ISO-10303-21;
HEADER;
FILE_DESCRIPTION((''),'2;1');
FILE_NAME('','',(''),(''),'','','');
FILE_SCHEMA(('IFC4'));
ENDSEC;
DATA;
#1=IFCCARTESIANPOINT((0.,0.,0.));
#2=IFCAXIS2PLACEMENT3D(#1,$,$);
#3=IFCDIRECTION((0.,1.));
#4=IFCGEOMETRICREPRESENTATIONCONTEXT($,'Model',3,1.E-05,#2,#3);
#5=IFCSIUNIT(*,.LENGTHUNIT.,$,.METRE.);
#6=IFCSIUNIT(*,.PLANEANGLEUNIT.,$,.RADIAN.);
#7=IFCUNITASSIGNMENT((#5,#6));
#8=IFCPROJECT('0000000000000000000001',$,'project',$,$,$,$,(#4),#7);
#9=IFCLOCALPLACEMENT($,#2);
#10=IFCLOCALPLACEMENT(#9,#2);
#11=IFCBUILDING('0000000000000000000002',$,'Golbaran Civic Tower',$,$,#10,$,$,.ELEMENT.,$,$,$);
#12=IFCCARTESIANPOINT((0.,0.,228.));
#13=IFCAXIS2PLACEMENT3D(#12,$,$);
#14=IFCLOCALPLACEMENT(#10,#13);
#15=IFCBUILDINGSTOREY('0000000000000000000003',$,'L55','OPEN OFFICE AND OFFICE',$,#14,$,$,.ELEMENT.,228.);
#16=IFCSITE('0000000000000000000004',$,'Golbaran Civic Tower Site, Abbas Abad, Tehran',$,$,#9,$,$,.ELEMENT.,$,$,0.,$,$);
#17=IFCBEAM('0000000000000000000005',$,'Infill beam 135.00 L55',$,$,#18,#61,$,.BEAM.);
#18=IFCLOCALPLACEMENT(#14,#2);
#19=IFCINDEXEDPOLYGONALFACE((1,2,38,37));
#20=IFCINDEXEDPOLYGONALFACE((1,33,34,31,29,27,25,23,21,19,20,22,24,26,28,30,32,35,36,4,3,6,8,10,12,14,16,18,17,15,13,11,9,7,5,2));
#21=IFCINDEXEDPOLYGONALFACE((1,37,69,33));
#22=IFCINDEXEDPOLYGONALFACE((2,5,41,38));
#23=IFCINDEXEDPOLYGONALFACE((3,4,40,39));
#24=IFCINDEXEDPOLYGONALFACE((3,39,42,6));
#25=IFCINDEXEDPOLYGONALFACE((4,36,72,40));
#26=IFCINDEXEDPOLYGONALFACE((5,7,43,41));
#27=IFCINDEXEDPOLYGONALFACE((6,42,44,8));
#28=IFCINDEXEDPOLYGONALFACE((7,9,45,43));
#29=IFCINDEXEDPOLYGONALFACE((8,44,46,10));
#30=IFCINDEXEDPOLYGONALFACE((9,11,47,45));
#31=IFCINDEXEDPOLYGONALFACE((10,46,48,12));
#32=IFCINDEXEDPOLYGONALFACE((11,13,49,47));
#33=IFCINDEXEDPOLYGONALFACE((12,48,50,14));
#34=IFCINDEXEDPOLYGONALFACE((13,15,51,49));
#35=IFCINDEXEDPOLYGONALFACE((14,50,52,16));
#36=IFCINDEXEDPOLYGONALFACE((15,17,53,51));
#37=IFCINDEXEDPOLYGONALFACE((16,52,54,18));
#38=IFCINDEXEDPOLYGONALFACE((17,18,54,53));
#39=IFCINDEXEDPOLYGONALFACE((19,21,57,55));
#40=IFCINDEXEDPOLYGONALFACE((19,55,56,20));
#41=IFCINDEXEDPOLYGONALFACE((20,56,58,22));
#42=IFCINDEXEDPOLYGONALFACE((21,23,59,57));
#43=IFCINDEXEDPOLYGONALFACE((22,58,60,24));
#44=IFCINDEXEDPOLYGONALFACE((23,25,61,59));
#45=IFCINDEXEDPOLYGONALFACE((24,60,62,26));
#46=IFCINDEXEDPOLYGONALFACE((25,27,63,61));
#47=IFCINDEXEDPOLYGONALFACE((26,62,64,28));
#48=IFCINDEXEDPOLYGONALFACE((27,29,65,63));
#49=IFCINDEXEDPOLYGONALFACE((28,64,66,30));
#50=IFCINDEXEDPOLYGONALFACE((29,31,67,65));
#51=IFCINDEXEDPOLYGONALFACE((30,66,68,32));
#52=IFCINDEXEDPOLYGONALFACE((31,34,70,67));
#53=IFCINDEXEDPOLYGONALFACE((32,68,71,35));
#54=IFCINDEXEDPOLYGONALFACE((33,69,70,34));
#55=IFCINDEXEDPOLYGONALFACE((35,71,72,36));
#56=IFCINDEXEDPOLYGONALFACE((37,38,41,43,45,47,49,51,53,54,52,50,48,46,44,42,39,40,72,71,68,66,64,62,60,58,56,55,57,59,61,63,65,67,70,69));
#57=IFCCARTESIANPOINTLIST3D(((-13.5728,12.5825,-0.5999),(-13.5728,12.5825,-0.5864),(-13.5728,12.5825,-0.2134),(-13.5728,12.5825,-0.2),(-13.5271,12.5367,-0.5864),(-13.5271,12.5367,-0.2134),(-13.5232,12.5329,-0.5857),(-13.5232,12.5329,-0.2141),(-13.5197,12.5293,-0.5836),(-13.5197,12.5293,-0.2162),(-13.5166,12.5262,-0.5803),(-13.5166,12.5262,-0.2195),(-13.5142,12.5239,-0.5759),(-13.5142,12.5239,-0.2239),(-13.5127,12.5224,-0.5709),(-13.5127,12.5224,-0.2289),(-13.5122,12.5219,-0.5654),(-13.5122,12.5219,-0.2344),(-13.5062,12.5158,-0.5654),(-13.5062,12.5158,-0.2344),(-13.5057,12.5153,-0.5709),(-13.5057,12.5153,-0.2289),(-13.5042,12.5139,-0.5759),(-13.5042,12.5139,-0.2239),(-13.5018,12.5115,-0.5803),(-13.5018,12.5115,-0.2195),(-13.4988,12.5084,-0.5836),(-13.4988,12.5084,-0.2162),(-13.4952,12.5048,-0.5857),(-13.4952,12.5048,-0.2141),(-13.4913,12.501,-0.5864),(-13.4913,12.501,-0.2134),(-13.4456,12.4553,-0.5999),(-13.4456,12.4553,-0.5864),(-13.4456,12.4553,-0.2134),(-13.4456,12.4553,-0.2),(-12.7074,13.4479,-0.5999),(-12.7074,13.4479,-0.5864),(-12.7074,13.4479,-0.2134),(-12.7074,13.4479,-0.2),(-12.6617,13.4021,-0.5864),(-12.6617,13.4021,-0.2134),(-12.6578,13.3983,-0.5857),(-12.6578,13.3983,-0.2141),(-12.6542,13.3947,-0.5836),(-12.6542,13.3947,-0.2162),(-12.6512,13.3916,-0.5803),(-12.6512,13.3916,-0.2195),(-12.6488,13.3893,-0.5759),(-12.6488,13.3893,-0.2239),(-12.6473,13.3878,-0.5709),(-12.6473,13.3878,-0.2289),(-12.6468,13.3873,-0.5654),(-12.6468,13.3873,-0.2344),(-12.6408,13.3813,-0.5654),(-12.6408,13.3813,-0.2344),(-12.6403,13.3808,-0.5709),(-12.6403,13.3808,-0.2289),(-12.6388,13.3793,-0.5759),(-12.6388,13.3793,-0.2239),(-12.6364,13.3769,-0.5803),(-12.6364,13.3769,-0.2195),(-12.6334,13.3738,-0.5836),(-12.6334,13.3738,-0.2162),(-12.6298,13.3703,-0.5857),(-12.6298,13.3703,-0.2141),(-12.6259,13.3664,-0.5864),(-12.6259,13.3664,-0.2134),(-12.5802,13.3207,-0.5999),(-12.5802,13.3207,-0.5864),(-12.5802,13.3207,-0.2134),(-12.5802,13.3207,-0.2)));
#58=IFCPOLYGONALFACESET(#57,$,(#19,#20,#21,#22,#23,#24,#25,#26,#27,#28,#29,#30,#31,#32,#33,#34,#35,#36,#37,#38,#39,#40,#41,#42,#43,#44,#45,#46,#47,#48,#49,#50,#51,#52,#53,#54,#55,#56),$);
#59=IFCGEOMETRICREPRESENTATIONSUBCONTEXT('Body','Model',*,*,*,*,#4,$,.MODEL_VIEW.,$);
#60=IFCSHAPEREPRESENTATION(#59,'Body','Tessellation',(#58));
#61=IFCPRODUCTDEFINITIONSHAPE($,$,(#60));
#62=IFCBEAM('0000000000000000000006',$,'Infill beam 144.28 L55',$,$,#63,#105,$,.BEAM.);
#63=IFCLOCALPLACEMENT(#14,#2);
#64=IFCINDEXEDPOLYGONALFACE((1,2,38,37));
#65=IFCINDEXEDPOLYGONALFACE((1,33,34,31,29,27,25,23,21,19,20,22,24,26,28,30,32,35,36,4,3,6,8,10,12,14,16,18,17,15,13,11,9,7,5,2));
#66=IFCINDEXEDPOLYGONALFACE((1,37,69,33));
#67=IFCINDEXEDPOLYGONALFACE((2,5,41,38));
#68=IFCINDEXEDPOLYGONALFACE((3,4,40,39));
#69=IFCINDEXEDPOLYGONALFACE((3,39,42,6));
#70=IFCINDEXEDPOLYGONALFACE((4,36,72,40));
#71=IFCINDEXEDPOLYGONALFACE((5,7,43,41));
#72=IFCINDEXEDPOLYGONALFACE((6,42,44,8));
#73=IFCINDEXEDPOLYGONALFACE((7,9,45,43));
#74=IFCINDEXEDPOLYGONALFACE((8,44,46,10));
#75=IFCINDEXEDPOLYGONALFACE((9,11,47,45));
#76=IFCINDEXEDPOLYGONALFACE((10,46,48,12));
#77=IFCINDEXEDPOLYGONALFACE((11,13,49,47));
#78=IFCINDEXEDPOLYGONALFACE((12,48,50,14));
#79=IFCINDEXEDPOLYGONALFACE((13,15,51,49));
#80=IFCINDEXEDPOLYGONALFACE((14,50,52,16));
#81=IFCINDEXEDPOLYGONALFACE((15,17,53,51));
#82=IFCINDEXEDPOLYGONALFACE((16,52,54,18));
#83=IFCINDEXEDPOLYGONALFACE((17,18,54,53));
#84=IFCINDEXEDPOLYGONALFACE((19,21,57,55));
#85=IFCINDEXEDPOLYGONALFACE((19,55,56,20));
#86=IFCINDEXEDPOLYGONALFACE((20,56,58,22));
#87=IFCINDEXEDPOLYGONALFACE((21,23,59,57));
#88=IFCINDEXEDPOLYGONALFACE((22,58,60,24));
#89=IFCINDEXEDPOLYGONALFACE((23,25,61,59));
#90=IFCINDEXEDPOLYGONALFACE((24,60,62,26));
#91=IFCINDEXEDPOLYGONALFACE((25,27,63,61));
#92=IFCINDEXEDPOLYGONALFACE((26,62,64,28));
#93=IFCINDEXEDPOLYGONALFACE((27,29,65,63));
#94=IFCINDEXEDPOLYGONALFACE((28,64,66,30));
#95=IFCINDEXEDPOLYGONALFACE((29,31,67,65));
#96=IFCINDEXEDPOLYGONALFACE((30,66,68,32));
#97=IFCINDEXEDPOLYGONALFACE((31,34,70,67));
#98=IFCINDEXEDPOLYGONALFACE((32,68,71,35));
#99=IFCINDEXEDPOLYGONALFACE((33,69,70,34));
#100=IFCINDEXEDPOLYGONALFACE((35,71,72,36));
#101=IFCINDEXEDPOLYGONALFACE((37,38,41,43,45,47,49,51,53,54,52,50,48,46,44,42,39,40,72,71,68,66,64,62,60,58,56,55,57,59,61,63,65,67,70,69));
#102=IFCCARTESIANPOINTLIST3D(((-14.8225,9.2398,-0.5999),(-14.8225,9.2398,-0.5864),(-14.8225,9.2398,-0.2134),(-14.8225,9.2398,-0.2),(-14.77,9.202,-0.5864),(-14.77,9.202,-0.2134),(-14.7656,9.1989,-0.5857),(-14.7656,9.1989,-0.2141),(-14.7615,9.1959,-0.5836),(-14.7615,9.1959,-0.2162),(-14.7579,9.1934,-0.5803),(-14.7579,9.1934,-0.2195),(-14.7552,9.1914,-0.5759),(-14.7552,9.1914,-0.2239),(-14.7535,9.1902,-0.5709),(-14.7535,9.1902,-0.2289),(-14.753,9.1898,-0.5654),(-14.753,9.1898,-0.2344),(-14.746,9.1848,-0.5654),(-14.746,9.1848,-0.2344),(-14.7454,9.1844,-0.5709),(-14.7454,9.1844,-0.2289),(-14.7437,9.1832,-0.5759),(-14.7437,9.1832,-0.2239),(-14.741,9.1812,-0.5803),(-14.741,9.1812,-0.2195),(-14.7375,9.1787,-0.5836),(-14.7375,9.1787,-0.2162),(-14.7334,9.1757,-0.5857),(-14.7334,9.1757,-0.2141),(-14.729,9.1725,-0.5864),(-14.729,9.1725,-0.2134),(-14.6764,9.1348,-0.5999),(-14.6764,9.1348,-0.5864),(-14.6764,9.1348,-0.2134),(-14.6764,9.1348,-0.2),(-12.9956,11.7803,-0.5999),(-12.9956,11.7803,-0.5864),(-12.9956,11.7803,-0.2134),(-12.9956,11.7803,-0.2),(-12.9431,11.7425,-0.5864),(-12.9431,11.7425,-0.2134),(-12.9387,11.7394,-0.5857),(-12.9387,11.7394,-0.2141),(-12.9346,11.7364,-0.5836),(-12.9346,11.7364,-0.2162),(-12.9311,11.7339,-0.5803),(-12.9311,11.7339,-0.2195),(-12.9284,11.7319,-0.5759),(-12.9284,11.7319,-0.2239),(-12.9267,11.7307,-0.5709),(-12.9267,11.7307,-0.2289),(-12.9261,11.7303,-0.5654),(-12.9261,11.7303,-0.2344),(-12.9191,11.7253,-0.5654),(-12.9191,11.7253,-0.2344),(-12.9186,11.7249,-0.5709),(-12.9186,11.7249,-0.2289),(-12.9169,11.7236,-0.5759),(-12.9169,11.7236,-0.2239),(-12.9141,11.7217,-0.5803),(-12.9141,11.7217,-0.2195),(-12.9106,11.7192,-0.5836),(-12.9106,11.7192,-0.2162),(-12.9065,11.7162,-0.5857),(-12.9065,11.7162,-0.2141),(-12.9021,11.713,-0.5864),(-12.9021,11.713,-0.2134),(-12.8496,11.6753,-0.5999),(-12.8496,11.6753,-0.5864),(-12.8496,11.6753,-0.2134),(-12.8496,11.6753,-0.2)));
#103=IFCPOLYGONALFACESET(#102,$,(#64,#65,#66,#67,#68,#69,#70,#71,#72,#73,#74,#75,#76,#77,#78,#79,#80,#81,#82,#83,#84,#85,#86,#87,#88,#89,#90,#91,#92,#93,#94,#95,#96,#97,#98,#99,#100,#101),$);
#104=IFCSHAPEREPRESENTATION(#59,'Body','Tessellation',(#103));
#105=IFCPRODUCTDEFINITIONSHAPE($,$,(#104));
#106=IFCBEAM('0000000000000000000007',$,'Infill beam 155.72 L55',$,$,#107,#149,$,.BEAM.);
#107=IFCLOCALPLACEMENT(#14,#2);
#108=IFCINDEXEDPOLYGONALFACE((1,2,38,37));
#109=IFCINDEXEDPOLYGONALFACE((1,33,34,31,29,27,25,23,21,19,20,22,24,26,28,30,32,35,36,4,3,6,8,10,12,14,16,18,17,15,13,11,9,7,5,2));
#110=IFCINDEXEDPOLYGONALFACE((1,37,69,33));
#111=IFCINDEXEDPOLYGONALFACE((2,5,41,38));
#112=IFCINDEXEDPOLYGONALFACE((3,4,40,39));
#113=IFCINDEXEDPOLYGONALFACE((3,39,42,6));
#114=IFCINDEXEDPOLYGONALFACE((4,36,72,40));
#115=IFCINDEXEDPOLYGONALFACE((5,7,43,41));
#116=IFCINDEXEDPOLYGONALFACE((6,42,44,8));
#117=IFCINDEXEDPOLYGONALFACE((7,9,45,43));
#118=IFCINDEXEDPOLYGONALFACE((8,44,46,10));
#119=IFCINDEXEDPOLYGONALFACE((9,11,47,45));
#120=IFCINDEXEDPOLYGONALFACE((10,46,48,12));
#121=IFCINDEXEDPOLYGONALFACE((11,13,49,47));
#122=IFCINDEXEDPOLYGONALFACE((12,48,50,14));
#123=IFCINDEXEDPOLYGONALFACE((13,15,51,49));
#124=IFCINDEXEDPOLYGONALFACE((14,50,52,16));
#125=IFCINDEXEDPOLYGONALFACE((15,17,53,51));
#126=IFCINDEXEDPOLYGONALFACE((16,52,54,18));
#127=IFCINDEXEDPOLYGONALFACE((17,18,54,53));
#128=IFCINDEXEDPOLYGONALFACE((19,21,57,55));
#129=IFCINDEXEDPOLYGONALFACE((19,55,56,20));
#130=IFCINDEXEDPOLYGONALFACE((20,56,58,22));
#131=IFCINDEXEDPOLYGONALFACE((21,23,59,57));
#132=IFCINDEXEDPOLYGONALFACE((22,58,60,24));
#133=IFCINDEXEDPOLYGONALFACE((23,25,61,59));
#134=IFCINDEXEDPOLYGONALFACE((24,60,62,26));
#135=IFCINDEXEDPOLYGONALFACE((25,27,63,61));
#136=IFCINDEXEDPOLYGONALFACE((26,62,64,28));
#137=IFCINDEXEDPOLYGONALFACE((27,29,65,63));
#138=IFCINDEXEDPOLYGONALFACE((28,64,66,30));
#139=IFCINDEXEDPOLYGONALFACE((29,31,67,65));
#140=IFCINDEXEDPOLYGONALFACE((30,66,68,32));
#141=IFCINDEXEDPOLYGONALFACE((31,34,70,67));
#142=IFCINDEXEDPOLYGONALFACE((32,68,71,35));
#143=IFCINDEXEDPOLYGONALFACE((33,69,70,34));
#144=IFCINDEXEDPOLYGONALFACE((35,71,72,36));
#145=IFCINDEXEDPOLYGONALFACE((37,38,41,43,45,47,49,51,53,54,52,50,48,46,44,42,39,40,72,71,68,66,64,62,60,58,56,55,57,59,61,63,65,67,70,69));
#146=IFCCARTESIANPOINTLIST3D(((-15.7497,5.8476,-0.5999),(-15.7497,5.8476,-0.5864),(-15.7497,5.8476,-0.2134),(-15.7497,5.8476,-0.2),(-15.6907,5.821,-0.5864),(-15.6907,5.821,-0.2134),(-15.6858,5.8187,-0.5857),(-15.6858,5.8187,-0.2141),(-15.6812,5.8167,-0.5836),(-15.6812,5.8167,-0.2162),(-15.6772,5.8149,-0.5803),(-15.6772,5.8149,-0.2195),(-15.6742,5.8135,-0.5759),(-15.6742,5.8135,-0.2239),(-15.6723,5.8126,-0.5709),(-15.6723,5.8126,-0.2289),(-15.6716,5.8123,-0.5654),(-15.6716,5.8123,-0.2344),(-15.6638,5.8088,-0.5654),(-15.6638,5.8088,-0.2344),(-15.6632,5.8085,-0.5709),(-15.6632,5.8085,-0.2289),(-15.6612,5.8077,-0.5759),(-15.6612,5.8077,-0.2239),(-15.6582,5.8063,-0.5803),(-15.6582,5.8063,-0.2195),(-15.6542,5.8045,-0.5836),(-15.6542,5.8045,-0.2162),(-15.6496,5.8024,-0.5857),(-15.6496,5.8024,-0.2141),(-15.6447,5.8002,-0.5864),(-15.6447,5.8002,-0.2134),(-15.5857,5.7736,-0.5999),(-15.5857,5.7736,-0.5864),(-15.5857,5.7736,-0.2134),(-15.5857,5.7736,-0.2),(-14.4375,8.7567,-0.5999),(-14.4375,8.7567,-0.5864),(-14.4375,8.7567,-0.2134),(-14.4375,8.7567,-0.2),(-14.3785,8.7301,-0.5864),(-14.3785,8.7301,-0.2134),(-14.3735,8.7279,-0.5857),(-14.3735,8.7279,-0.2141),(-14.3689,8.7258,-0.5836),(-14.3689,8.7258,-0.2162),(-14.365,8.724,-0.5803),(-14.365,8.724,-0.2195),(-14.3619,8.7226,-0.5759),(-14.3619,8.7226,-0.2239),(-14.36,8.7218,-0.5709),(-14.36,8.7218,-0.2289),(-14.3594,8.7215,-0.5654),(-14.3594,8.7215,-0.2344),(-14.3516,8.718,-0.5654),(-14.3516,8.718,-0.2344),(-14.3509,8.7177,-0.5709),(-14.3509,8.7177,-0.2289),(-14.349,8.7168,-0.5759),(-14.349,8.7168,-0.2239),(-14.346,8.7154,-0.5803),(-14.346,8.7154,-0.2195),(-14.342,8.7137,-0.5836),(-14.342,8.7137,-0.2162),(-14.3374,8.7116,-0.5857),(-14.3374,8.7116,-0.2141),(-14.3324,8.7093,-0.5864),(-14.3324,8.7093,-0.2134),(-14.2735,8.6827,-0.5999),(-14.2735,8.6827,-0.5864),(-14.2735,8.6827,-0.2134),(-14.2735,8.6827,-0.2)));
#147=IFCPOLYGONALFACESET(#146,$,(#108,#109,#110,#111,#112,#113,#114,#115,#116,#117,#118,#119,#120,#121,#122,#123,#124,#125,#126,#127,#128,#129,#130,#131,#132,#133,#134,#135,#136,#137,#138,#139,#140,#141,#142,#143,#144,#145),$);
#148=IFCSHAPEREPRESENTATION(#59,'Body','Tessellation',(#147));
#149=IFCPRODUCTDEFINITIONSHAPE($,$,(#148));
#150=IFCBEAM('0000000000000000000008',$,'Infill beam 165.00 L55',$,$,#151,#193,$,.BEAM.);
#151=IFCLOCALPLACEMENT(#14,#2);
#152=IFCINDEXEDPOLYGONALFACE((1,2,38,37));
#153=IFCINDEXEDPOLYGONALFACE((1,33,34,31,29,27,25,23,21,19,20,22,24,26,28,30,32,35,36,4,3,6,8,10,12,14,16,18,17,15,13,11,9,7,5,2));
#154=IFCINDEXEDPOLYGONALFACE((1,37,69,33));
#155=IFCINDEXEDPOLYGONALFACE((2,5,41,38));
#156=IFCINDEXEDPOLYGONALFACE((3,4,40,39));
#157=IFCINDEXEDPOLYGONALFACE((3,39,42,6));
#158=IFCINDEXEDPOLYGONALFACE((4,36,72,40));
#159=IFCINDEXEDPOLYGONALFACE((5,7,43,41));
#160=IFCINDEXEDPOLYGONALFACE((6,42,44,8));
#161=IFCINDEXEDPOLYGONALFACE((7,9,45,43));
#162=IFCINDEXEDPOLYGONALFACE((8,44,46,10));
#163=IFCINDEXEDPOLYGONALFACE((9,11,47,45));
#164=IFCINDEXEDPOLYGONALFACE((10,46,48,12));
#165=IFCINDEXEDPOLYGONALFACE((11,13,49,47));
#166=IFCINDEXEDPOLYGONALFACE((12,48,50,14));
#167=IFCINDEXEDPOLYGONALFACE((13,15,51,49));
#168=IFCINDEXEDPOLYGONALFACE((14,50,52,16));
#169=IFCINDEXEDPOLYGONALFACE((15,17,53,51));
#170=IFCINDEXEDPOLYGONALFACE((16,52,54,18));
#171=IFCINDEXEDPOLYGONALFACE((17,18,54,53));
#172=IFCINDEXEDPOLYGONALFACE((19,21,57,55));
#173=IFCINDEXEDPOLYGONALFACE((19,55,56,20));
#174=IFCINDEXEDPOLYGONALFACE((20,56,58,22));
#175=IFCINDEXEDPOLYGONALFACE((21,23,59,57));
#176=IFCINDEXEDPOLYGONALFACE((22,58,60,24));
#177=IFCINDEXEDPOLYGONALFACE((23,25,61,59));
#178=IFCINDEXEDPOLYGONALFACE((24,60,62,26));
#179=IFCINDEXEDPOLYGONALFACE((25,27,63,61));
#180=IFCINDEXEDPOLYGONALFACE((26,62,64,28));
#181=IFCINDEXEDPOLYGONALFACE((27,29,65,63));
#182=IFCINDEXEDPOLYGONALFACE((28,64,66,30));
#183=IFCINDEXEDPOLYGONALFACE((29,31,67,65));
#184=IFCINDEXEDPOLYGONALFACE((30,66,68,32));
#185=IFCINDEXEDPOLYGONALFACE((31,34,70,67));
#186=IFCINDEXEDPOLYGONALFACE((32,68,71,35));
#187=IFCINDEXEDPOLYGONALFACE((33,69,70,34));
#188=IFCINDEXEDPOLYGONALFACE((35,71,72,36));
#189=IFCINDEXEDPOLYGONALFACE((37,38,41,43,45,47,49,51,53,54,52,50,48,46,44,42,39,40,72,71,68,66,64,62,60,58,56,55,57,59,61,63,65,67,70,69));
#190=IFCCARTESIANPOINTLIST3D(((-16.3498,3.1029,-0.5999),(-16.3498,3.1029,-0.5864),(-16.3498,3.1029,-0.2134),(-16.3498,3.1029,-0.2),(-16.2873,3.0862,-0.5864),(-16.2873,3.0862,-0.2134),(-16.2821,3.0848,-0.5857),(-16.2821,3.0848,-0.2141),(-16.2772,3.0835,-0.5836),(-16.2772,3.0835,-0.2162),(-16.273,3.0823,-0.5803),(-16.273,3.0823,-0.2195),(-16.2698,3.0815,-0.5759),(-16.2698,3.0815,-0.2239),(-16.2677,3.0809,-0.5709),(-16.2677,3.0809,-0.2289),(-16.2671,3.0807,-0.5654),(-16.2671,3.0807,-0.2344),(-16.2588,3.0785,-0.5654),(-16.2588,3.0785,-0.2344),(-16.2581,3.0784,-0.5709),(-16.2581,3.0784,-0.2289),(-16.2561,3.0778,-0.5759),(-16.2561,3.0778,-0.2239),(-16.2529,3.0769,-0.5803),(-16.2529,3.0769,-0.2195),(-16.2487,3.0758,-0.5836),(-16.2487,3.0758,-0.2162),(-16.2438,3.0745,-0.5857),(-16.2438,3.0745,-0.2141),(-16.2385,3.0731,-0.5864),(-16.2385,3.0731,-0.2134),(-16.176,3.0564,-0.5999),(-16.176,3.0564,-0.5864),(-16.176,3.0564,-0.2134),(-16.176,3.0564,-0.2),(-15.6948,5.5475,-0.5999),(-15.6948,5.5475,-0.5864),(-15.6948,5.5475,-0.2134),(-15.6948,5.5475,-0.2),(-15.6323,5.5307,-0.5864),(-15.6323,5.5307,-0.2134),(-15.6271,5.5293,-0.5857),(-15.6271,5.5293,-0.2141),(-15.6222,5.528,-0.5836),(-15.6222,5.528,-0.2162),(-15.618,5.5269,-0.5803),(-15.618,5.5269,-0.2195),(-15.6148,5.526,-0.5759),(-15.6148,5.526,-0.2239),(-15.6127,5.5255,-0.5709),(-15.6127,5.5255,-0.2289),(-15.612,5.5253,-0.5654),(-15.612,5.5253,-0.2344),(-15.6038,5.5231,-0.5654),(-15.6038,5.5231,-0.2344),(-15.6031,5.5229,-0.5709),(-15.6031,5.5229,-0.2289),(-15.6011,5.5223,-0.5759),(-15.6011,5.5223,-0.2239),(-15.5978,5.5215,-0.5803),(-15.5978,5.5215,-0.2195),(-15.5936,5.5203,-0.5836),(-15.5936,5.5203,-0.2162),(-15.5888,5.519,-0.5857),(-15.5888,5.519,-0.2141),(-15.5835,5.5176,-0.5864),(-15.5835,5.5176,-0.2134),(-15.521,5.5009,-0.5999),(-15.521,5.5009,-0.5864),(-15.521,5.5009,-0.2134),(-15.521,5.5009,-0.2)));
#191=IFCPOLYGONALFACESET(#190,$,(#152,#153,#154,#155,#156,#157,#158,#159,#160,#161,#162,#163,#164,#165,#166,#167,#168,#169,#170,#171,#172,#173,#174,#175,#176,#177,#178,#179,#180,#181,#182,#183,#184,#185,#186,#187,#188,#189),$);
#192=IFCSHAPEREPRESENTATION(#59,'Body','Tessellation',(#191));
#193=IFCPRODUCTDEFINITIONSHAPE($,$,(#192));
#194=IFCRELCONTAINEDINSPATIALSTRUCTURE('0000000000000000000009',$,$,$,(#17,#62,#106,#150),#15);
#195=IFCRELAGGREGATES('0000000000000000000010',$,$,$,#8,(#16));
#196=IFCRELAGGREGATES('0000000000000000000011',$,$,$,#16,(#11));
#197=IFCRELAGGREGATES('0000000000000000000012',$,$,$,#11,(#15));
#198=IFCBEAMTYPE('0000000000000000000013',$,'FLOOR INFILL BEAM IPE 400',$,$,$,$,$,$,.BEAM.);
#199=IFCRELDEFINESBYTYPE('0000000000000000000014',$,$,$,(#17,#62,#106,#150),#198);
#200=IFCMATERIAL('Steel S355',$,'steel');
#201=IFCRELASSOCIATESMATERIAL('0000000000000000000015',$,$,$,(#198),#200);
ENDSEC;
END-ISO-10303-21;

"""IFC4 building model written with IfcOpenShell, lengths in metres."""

from ifc_helpers import new_model, si_unit, direction, frame, origin, origin_2d, place, context, subcontext, project, spatial, i_section, extrude, material, material_profile, profile_set, type_object, element, save


model = new_model("IFC4")

# Units and contexts
model_context = context("Model", 3, precision=1e-05, world=origin(), true_north=direction((0.0, 1.0)))
body_context = subcontext(model_context, "Body", "Model", "MODEL_VIEW")
ifc_project = project(units=[si_unit("LENGTHUNIT", "METRE"), si_unit("PLANEANGLEUNIT", "RADIAN")], contexts=[model_context])

# Site, building, storey
site_placement = place(None, origin())
site = spatial("IfcSite", under=ifc_project, at=site_placement, Name="Golbaran Civic Tower Site, Abbas Abad, Tehran", CompositionType="ELEMENT", RefElevation=0.0)
building_placement = place(site_placement, origin())
building = spatial("IfcBuilding", under=site, at=building_placement, Name="Golbaran Civic Tower", CompositionType="ELEMENT")
storey_placement = place(building_placement, frame((0.0, 0.0, 228.0)))
storey = spatial("IfcBuildingStorey", under=building, at=storey_placement, Name="L55", Description="OPEN OFFICE AND OFFICE", CompositionType="ELEMENT", Elevation=228.0)

# Beams
ifc_material_1 = material(Name="Steel S355", Category="steel")
ifc_material_profile_1 = material_profile(ifc_material_1, i_section(OverallWidth=0.1799, OverallDepth=0.3999, WebThickness=0.0085, FlangeThickness=0.0134, FilletRadius=0.021, at=origin_2d()), Name="IPE 400")
ifc_profile_set_1 = profile_set([ifc_material_profile_1], Name="Steel S355")
beam_type_1 = type_object("IfcBeamType", Name="FLOOR INFILL BEAM IPE 400", PredefinedType="BEAM", material=ifc_profile_set_1)
beam_1_placement = place(storey_placement, frame((-12.6438, 13.3843, -0.3999), z_axis=(-0.707107, -0.707107, 0.0), x_axis=(0.707107, -0.707107, 0.0)))
element("IfcBeam", 1, at=beam_1_placement, inside=storey, type_object=beam_type_1, Name="Infill beam 135.00 L55", PredefinedType="BEAM", context=body_context, shape_type="SweptSolid", body=[
    extrude(i_section(OverallWidth=0.1799, OverallDepth=0.3999, WebThickness=0.0085, FlangeThickness=0.0134, FilletRadius=0.021, at=origin_2d()), origin(), (0.0, 0.0, 1.0), 1.2239),
])
beam_2_placement = place(storey_placement, frame((-12.9226, 11.7278, -0.3999), z_axis=(-0.583826, -0.811879, 0.0), x_axis=(0.811879, -0.583826, 0.0)))
element("IfcBeam", 2, at=beam_2_placement, inside=storey, type_object=beam_type_1, Name="Infill beam 144.28 L55", PredefinedType="BEAM", context=body_context, shape_type="SweptSolid", body=[
    extrude(i_section(OverallWidth=0.1799, OverallDepth=0.3999, WebThickness=0.0085, FlangeThickness=0.0134, FilletRadius=0.021, at=origin_2d()), origin(), (0.0, 0.0, 1.0), 3.1292),
])
beam_3_placement = place(storey_placement, frame((-14.3555, 8.7197, -0.3999), z_axis=(-0.411179, -0.911555, 0.0), x_axis=(0.911555, -0.411179, 0.0)))
element("IfcBeam", 3, at=beam_3_placement, inside=storey, type_object=beam_type_1, Name="Infill beam 155.72 L55", PredefinedType="BEAM", context=body_context, shape_type="SweptSolid", body=[
    extrude(i_section(OverallWidth=0.1799, OverallDepth=0.3999, WebThickness=0.0085, FlangeThickness=0.0134, FilletRadius=0.021, at=origin_2d()), origin(), (0.0, 0.0, 1.0), 3.1914),
])
beam_4_placement = place(storey_placement, frame((-15.6079, 5.5242, -0.3999), z_axis=(-0.258821, -0.965925, 0.0), x_axis=(0.965925, -0.258821, 0.0)))
element("IfcBeam", 4, at=beam_4_placement, inside=storey, type_object=beam_type_1, Name="Infill beam 165.00 L55", PredefinedType="BEAM", context=body_context, shape_type="SweptSolid", body=[
    extrude(i_section(OverallWidth=0.1799, OverallDepth=0.3999, WebThickness=0.0085, FlangeThickness=0.0134, FilletRadius=0.021, at=origin_2d()), origin(), (0.0, 0.0, 1.0), 2.5308),
])

save(model, "model.ifc")
